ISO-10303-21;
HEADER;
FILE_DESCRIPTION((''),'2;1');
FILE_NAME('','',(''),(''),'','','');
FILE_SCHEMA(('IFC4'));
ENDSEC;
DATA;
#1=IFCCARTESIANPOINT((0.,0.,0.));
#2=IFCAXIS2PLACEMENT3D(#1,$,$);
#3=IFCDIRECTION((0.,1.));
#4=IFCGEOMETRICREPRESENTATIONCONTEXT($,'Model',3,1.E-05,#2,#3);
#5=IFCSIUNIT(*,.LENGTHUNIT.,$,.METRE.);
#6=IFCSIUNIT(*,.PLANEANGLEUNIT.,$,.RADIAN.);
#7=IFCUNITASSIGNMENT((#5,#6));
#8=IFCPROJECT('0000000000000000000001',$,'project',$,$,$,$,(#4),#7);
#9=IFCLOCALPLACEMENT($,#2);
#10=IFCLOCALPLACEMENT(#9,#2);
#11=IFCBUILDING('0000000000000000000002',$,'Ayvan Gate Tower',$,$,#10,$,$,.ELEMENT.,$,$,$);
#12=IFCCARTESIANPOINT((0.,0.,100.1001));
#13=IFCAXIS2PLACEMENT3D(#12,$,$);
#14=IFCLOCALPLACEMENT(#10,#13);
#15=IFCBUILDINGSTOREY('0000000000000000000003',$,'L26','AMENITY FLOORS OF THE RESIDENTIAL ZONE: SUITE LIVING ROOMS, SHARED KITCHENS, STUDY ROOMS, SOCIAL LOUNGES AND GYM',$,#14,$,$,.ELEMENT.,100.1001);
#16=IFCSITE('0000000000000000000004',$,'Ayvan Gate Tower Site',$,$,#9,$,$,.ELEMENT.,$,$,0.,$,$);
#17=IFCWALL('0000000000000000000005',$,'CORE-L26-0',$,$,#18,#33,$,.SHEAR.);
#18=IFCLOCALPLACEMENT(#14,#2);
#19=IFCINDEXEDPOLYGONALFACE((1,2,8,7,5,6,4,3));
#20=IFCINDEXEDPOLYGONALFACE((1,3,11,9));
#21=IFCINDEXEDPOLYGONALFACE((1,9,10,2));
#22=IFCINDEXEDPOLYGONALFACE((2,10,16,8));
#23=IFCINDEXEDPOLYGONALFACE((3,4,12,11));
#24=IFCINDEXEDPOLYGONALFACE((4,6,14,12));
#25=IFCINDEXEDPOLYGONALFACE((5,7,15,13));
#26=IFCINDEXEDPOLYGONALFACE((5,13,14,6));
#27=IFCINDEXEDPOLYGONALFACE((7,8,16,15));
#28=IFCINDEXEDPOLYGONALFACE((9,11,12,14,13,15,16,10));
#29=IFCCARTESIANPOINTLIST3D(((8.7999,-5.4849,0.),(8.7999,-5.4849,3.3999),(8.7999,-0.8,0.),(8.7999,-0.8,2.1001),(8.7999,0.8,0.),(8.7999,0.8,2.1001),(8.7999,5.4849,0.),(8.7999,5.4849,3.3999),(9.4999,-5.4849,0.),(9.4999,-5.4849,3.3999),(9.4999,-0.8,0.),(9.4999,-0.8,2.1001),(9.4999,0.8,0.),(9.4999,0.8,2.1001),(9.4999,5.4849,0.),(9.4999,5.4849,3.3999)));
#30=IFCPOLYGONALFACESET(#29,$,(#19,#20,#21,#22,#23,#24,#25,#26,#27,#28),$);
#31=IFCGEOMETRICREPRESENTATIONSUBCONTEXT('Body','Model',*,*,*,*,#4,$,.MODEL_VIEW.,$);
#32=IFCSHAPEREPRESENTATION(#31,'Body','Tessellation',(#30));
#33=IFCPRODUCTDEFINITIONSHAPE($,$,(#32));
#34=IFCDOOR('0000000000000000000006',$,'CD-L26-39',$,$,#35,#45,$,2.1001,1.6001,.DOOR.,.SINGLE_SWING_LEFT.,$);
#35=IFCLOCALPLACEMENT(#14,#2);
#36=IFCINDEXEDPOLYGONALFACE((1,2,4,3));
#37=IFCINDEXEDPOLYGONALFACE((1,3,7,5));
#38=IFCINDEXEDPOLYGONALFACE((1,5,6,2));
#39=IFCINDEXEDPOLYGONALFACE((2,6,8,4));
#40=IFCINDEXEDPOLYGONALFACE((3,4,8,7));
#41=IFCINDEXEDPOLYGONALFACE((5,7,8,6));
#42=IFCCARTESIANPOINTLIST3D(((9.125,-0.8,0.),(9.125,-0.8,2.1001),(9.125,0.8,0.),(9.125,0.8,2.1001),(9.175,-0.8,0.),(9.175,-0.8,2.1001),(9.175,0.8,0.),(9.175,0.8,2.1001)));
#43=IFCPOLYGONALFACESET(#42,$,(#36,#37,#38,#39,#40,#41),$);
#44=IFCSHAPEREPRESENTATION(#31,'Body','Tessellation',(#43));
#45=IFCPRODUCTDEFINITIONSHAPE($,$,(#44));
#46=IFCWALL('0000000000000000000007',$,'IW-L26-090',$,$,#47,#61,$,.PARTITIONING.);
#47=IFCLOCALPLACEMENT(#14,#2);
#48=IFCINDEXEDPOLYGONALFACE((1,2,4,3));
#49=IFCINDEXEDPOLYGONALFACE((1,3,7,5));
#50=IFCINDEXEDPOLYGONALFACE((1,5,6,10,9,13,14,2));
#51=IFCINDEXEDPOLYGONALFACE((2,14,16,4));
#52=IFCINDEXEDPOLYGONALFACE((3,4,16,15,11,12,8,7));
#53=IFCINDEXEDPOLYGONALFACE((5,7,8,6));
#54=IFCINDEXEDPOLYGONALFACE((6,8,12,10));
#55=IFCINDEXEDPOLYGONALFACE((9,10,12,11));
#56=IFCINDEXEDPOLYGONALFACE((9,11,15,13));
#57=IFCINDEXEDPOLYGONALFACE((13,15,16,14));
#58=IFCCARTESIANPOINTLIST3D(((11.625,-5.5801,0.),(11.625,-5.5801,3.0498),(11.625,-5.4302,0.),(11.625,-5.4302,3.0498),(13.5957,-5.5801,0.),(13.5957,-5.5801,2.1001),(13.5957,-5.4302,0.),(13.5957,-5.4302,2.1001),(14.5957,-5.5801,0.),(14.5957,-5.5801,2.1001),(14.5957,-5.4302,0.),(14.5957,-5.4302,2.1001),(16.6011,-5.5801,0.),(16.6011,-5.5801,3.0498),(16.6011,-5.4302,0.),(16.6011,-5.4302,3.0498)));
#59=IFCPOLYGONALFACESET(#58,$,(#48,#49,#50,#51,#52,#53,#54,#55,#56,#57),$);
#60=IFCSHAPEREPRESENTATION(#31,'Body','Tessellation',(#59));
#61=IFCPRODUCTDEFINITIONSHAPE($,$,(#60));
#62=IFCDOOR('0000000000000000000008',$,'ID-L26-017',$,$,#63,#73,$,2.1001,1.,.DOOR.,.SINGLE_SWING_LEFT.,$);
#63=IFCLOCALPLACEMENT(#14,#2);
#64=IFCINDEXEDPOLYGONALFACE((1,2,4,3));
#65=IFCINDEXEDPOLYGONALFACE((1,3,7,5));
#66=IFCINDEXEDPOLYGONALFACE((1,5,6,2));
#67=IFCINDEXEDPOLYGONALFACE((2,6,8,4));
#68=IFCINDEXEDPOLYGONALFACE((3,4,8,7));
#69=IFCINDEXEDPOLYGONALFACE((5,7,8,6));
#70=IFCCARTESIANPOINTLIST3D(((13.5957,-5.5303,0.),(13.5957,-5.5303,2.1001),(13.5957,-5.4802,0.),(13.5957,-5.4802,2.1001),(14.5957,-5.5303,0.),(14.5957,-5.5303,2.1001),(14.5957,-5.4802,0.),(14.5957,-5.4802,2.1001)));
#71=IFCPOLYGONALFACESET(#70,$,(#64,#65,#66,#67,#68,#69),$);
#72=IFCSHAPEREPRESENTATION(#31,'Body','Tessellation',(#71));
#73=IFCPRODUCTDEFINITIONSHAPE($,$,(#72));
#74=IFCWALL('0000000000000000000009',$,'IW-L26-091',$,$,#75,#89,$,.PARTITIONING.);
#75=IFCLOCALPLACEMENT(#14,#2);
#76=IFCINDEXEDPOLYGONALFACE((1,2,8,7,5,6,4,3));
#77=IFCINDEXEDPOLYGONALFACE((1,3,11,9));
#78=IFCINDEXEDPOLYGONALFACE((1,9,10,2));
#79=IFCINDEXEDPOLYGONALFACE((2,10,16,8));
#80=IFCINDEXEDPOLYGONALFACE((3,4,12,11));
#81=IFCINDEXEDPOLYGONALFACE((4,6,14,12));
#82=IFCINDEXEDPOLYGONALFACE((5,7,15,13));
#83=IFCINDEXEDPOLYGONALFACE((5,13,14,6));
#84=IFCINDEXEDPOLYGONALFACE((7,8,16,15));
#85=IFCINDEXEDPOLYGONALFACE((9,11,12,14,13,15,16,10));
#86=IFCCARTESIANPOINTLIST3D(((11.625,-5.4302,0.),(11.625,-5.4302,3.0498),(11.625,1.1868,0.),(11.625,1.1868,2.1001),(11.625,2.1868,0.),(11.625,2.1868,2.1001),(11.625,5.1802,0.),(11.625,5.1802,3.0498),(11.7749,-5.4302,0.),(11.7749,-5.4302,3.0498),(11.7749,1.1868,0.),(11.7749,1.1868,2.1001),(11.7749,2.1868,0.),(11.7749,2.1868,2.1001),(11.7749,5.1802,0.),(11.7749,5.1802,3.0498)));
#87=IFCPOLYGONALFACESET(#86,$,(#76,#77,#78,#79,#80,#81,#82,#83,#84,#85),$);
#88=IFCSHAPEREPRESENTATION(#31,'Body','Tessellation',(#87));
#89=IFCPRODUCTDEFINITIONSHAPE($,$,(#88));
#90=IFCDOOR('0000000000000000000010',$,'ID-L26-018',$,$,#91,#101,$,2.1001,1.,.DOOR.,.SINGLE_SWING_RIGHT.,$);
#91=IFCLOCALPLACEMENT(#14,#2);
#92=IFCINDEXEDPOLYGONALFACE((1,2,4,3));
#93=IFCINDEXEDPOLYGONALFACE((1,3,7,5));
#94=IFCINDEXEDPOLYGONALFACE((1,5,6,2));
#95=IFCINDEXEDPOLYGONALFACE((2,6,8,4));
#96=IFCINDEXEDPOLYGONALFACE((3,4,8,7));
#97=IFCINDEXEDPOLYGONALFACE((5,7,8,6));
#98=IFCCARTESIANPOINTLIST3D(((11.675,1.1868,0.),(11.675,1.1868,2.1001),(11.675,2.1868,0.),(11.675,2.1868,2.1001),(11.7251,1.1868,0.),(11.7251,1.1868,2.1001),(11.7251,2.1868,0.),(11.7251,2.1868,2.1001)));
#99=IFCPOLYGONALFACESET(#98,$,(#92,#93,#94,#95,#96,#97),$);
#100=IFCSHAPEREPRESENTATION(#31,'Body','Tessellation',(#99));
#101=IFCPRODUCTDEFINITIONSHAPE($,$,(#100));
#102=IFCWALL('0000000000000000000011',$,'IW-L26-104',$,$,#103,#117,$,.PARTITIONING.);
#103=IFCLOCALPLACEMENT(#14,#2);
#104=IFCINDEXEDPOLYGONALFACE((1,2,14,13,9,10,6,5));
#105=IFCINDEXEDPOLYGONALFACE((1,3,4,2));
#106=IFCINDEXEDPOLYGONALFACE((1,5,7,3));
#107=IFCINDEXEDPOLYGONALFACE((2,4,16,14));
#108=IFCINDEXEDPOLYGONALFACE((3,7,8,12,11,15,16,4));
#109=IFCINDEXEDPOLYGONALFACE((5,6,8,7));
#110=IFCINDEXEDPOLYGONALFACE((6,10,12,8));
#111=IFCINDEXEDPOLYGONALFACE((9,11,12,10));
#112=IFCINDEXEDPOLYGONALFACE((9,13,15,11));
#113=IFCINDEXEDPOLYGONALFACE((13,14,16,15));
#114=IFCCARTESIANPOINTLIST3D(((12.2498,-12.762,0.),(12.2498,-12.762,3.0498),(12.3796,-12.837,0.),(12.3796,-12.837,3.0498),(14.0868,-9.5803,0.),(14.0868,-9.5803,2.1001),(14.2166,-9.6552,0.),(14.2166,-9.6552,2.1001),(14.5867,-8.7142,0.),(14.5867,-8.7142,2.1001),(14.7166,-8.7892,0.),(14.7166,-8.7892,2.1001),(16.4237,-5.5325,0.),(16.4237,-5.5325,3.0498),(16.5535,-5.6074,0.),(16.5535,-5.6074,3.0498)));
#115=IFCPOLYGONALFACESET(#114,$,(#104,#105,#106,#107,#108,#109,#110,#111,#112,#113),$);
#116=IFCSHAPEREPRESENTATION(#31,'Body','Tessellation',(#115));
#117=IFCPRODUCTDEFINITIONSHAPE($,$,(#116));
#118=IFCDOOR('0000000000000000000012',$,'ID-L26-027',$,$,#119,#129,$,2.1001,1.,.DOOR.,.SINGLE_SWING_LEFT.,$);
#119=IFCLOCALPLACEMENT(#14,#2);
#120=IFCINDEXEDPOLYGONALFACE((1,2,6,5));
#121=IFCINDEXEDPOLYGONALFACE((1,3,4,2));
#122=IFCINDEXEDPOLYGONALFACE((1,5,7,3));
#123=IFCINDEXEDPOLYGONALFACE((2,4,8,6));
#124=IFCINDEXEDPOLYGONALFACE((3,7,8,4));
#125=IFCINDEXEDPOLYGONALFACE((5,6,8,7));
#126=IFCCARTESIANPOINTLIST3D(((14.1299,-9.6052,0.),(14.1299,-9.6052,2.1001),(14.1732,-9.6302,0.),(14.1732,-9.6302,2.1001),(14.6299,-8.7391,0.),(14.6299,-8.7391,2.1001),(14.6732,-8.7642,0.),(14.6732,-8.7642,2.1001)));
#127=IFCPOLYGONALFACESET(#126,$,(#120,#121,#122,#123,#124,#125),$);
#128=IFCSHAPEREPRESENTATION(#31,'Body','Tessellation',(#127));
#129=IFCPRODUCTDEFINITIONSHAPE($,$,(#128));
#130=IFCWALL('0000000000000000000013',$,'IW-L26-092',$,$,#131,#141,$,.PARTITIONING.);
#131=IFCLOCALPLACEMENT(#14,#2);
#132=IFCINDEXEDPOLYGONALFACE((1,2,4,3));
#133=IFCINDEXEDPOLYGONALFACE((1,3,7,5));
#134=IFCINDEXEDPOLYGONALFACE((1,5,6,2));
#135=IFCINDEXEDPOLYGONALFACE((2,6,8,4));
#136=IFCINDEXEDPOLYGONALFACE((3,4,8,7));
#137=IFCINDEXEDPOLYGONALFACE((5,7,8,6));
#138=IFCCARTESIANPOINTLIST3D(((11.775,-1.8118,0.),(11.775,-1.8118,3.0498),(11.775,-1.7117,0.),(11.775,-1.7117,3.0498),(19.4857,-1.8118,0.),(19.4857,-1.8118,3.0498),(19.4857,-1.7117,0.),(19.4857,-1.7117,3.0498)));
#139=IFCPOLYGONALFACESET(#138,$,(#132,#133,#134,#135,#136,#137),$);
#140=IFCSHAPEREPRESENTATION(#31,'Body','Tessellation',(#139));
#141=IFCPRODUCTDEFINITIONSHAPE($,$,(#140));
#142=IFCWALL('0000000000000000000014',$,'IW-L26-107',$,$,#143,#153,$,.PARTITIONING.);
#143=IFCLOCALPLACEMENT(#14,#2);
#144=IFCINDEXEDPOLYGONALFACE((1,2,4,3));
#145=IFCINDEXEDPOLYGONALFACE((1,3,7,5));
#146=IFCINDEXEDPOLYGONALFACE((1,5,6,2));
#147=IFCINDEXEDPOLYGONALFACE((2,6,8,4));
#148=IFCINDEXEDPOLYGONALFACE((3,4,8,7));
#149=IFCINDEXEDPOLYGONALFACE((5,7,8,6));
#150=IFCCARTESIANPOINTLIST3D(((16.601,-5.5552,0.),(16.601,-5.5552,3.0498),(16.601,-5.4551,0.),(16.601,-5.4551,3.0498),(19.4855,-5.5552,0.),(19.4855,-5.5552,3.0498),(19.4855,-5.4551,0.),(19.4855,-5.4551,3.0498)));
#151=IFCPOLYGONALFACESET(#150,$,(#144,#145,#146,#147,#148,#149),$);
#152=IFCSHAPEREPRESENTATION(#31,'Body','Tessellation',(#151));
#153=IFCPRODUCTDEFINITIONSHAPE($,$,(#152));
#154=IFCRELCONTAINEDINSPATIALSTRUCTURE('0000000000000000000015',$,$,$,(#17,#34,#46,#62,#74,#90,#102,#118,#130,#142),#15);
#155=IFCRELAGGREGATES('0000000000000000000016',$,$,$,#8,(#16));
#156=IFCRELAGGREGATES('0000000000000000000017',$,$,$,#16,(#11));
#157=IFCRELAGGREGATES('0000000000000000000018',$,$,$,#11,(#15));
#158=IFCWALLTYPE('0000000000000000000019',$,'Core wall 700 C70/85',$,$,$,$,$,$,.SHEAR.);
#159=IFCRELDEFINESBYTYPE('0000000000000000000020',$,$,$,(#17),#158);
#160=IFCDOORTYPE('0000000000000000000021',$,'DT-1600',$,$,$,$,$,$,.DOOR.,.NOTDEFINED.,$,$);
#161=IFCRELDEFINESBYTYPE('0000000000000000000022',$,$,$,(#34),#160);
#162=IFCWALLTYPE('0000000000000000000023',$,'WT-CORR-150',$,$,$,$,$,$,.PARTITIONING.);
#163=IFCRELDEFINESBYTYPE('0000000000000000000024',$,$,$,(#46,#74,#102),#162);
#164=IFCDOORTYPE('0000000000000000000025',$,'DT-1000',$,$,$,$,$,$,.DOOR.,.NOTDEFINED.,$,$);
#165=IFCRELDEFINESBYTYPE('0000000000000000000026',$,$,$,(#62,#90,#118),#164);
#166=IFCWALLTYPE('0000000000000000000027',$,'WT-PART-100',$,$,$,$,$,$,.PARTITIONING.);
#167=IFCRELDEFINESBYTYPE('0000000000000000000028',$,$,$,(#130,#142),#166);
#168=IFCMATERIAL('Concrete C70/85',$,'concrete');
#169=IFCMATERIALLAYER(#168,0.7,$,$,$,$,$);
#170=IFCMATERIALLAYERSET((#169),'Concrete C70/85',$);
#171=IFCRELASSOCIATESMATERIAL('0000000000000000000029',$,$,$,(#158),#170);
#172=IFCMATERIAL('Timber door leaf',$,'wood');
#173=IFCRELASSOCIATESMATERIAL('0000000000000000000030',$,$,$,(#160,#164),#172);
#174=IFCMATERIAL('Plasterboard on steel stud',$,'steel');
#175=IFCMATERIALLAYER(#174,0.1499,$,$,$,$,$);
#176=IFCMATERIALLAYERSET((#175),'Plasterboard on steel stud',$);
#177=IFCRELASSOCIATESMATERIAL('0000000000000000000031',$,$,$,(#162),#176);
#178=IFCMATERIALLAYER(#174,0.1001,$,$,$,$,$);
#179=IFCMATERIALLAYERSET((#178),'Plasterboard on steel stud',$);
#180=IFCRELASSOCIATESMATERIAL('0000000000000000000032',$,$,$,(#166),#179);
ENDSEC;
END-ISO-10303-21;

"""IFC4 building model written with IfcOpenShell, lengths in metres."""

from ifc_helpers import new_model, si_unit, direction, frame, frame_2d, origin, place, context, subcontext, project, spatial, rectangle, extrude, material, layer, layer_set, type_object, element, fill, save


model = new_model("IFC4")

# Units and contexts
model_context = context("Model", 3, precision=1e-05, world=origin(), true_north=direction((0.0, 1.0)))
body_context = subcontext(model_context, "Body", "Model", "MODEL_VIEW")
ifc_project = project(units=[si_unit("LENGTHUNIT", "METRE"), si_unit("PLANEANGLEUNIT", "RADIAN")], contexts=[model_context])

# Site, building, storey
site_placement = place(None, origin())
site = spatial("IfcSite", under=ifc_project, at=site_placement, Name="Ayvan Gate Tower Site", CompositionType="ELEMENT", RefElevation=0.0)
building_placement = place(site_placement, origin())
building = spatial("IfcBuilding", under=site, at=building_placement, Name="Ayvan Gate Tower", CompositionType="ELEMENT")
storey_placement = place(building_placement, frame((0.0, 0.0, 100.1001)))
storey = spatial("IfcBuildingStorey", under=building, at=storey_placement, Name="L26", Description="AMENITY FLOORS OF THE RESIDENTIAL ZONE: SUITE LIVING ROOMS, SHARED KITCHENS, STUDY ROOMS, SOCIAL LOUNGES AND GYM", CompositionType="ELEMENT", Elevation=100.1001)

# Walls, openings, doors
ifc_material_1 = material(Name="Concrete C70/85", Category="concrete")
ifc_layer_1 = layer(ifc_material_1, 0.7)
ifc_layer_set_1 = layer_set([ifc_layer_1], Name="Concrete C70/85")
wall_type_1 = type_object("IfcWallType", Name="Core wall 700 C70/85", PredefinedType="SHEAR", material=ifc_layer_set_1)
wall_1_placement = place(storey_placement, frame((9.1499, -5.4849, 0.0), z_axis=(0.0, 0.0, 1.0), x_axis=(0.0, 1.0, 0.0)))
wall_1 = element("IfcWall", 1, at=wall_1_placement, inside=storey, type_object=wall_type_1, Name="CORE-L26-0", PredefinedType="SHEAR", context=body_context, shape_type="SweptSolid", body=[
    extrude(rectangle(XDim=10.9697, YDim=0.7, at=frame_2d((5.4849, 0.0))), origin(), (0.0, 0.0, 1.0), 3.3999),
])
opening_1_placement = place(wall_1_placement, frame((4.6848, 0.0, 0.0)))
opening_1 = element("IfcOpeningElement", 2, at=opening_1_placement, cuts=wall_1, PredefinedType="OPENING", context=body_context, shape_type="SweptSolid", body=[
    extrude(rectangle(XDim=1.6001, YDim=2.1001, at=frame_2d((0.8, 1.05))), frame((0.0, 0.3599, 0.0), z_axis=(0.0, -1.0, 0.0), x_axis=(1.0, 0.0, 0.0)), (0.0, 0.0, 1.0), 0.72),
])
ifc_material_2 = material(Name="Timber door leaf", Category="wood")
door_type_1 = type_object("IfcDoorType", Name="DT-1600", OperationType="NOTDEFINED", PredefinedType="DOOR", material=ifc_material_2)
door_1_placement = place(opening_1_placement, origin())
door_1 = element("IfcDoor", 3, at=door_1_placement, inside=storey, type_object=door_type_1, Name="CD-L26-39", OperationType="SINGLE_SWING_LEFT", OverallHeight=2.1001, OverallWidth=1.6001, PredefinedType="DOOR", context=body_context, shape_type="SweptSolid", body=[
    extrude(rectangle(XDim=1.6001, YDim=2.1001, at=frame_2d((0.8, 1.05))), frame((0.0, 0.0249, 0.0), z_axis=(0.0, -1.0, 0.0), x_axis=(1.0, 0.0, 0.0)), (0.0, 0.0, 1.0), 0.05),
])
fill(opening_1, door_1)
ifc_material_3 = material(Name="Plasterboard on steel stud", Category="steel")
ifc_layer_2 = layer(ifc_material_3, 0.1499)
ifc_layer_set_2 = layer_set([ifc_layer_2], Name="Plasterboard on steel stud")
wall_type_2 = type_object("IfcWallType", Name="WT-CORR-150", PredefinedType="PARTITIONING", material=ifc_layer_set_2)
wall_2_placement = place(storey_placement, frame((11.625, -5.5051, 0.0), z_axis=(0.0, 0.0, 1.0), x_axis=(1.0, 0.0, 0.0)))
wall_2 = element("IfcWall", 4, at=wall_2_placement, inside=storey, type_object=wall_type_2, Name="IW-L26-090", PredefinedType="PARTITIONING", context=body_context, shape_type="SweptSolid", body=[
    extrude(rectangle(XDim=4.9761, YDim=0.1499, at=frame_2d((2.488, 0.0))), origin(), (0.0, 0.0, 1.0), 3.0498),
])
opening_2_placement = place(wall_2_placement, frame((1.9707, 0.0, 0.0)))
opening_2 = element("IfcOpeningElement", 5, at=opening_2_placement, cuts=wall_2, PredefinedType="OPENING", context=body_context, shape_type="SweptSolid", body=[
    extrude(rectangle(XDim=1.0, YDim=2.1001, at=frame_2d((0.5, 1.05))), frame((0.0, 0.085, 0.0), z_axis=(0.0, -1.0, 0.0), x_axis=(1.0, 0.0, 0.0)), (0.0, 0.0, 1.0), 0.1699),
])
door_type_2 = type_object("IfcDoorType", Name="DT-1000", OperationType="NOTDEFINED", PredefinedType="DOOR", material=ifc_material_2)
door_2_placement = place(opening_2_placement, origin())
door_2 = element("IfcDoor", 6, at=door_2_placement, inside=storey, type_object=door_type_2, Name="ID-L26-017", OperationType="SINGLE_SWING_LEFT", OverallHeight=2.1001, OverallWidth=1.0, PredefinedType="DOOR", context=body_context, shape_type="SweptSolid", body=[
    extrude(rectangle(XDim=1.0, YDim=2.1001, at=frame_2d((0.5, 1.05))), frame((0.0, 0.0249, 0.0), z_axis=(0.0, -1.0, 0.0), x_axis=(1.0, 0.0, 0.0)), (0.0, 0.0, 1.0), 0.05),
])
fill(opening_2, door_2)
wall_3_placement = place(storey_placement, frame((11.7, -5.4302, 0.0), z_axis=(0.0, 0.0, 1.0), x_axis=(0.0, 1.0, 0.0)))
wall_3 = element("IfcWall", 7, at=wall_3_placement, inside=storey, type_object=wall_type_2, Name="IW-L26-091", PredefinedType="PARTITIONING", context=body_context, shape_type="SweptSolid", body=[
    extrude(rectangle(XDim=10.6104, YDim=0.1499, at=frame_2d((5.3052, 0.0))), origin(), (0.0, 0.0, 1.0), 3.0498),
])
opening_3_placement = place(wall_3_placement, frame((6.6169, 0.0, 0.0)))
opening_3 = element("IfcOpeningElement", 8, at=opening_3_placement, cuts=wall_3, PredefinedType="OPENING", context=body_context, shape_type="SweptSolid", body=[
    extrude(rectangle(XDim=1.0, YDim=2.1001, at=frame_2d((0.5, 1.05))), frame((0.0, 0.085, 0.0), z_axis=(0.0, -1.0, 0.0), x_axis=(1.0, 0.0, 0.0)), (0.0, 0.0, 1.0), 0.1699),
])
door_3_placement = place(opening_3_placement, origin())
door_3 = element("IfcDoor", 9, at=door_3_placement, inside=storey, type_object=door_type_2, Name="ID-L26-018", OperationType="SINGLE_SWING_RIGHT", OverallHeight=2.1001, OverallWidth=1.0, PredefinedType="DOOR", context=body_context, shape_type="SweptSolid", body=[
    extrude(rectangle(XDim=1.0, YDim=2.1001, at=frame_2d((0.5, 1.05))), frame((0.0, 0.0249, 0.0), z_axis=(0.0, -1.0, 0.0), x_axis=(1.0, 0.0, 0.0)), (0.0, 0.0, 1.0), 0.05),
])
fill(opening_3, door_3)
wall_4_placement = place(storey_placement, frame((16.4885, -5.5701, 0.0), z_axis=(0.0, 0.0, 1.0), x_axis=(-0.499989, -0.866032, 0.0)))
wall_4 = element("IfcWall", 10, at=wall_4_placement, inside=storey, type_object=wall_type_2, Name="IW-L26-104", PredefinedType="PARTITIONING", context=body_context, shape_type="SweptSolid", body=[
    extrude(rectangle(XDim=8.3479, YDim=0.1499, at=frame_2d((4.1738, 0.0))), origin(), (0.0, 0.0, 1.0), 3.0498),
])
opening_4_placement = place(wall_4_placement, frame((3.6738, 0.0, 0.0)))
opening_4 = element("IfcOpeningElement", 11, at=opening_4_placement, cuts=wall_4, PredefinedType="OPENING", context=body_context, shape_type="SweptSolid", body=[
    extrude(rectangle(XDim=1.0, YDim=2.1001, at=frame_2d((0.5, 1.05))), frame((0.0, 0.085, 0.0), z_axis=(0.0, -1.0, 0.0), x_axis=(1.0, 0.0, 0.0)), (0.0, 0.0, 1.0), 0.1699),
])
door_4_placement = place(opening_4_placement, origin())
door_4 = element("IfcDoor", 12, at=door_4_placement, inside=storey, type_object=door_type_2, Name="ID-L26-027", OperationType="SINGLE_SWING_LEFT", OverallHeight=2.1001, OverallWidth=1.0, PredefinedType="DOOR", context=body_context, shape_type="SweptSolid", body=[
    extrude(rectangle(XDim=1.0, YDim=2.1001, at=frame_2d((0.5, 1.05))), frame((0.0, 0.0249, 0.0), z_axis=(0.0, -1.0, 0.0), x_axis=(1.0, 0.0, 0.0)), (0.0, 0.0, 1.0), 0.05),
])
fill(opening_4, door_4)

# Walls
ifc_layer_3 = layer(ifc_material_3, 0.1001)
ifc_layer_set_3 = layer_set([ifc_layer_3], Name="Plasterboard on steel stud")
wall_type_3 = type_object("IfcWallType", Name="WT-PART-100", PredefinedType="PARTITIONING", material=ifc_layer_set_3)
wall_5_placement = place(storey_placement, frame((11.7749, -1.7617, 0.0), z_axis=(0.0, 0.0, 1.0), x_axis=(1.0, 0.0, 0.0)))
element("IfcWall", 13, at=wall_5_placement, inside=storey, type_object=wall_type_3, Name="IW-L26-092", PredefinedType="PARTITIONING", context=body_context, shape_type="SweptSolid", body=[
    extrude(rectangle(XDim=7.7107, YDim=0.1001, at=frame_2d((3.8555, 0.0))), origin(), (0.0, 0.0, 1.0), 3.0498),
])
wall_6_placement = place(storey_placement, frame((19.4856, -5.5051, 0.0), z_axis=(0.0, 0.0, 1.0), x_axis=(-1.0, 0.0, 0.0)))
element("IfcWall", 14, at=wall_6_placement, inside=storey, type_object=wall_type_3, Name="IW-L26-107", PredefinedType="PARTITIONING", context=body_context, shape_type="SweptSolid", body=[
    extrude(rectangle(XDim=2.8845, YDim=0.1001, at=frame_2d((1.4424, 0.0))), origin(), (0.0, 0.0, 1.0), 3.0498),
])

save(model, "model.ifc")
